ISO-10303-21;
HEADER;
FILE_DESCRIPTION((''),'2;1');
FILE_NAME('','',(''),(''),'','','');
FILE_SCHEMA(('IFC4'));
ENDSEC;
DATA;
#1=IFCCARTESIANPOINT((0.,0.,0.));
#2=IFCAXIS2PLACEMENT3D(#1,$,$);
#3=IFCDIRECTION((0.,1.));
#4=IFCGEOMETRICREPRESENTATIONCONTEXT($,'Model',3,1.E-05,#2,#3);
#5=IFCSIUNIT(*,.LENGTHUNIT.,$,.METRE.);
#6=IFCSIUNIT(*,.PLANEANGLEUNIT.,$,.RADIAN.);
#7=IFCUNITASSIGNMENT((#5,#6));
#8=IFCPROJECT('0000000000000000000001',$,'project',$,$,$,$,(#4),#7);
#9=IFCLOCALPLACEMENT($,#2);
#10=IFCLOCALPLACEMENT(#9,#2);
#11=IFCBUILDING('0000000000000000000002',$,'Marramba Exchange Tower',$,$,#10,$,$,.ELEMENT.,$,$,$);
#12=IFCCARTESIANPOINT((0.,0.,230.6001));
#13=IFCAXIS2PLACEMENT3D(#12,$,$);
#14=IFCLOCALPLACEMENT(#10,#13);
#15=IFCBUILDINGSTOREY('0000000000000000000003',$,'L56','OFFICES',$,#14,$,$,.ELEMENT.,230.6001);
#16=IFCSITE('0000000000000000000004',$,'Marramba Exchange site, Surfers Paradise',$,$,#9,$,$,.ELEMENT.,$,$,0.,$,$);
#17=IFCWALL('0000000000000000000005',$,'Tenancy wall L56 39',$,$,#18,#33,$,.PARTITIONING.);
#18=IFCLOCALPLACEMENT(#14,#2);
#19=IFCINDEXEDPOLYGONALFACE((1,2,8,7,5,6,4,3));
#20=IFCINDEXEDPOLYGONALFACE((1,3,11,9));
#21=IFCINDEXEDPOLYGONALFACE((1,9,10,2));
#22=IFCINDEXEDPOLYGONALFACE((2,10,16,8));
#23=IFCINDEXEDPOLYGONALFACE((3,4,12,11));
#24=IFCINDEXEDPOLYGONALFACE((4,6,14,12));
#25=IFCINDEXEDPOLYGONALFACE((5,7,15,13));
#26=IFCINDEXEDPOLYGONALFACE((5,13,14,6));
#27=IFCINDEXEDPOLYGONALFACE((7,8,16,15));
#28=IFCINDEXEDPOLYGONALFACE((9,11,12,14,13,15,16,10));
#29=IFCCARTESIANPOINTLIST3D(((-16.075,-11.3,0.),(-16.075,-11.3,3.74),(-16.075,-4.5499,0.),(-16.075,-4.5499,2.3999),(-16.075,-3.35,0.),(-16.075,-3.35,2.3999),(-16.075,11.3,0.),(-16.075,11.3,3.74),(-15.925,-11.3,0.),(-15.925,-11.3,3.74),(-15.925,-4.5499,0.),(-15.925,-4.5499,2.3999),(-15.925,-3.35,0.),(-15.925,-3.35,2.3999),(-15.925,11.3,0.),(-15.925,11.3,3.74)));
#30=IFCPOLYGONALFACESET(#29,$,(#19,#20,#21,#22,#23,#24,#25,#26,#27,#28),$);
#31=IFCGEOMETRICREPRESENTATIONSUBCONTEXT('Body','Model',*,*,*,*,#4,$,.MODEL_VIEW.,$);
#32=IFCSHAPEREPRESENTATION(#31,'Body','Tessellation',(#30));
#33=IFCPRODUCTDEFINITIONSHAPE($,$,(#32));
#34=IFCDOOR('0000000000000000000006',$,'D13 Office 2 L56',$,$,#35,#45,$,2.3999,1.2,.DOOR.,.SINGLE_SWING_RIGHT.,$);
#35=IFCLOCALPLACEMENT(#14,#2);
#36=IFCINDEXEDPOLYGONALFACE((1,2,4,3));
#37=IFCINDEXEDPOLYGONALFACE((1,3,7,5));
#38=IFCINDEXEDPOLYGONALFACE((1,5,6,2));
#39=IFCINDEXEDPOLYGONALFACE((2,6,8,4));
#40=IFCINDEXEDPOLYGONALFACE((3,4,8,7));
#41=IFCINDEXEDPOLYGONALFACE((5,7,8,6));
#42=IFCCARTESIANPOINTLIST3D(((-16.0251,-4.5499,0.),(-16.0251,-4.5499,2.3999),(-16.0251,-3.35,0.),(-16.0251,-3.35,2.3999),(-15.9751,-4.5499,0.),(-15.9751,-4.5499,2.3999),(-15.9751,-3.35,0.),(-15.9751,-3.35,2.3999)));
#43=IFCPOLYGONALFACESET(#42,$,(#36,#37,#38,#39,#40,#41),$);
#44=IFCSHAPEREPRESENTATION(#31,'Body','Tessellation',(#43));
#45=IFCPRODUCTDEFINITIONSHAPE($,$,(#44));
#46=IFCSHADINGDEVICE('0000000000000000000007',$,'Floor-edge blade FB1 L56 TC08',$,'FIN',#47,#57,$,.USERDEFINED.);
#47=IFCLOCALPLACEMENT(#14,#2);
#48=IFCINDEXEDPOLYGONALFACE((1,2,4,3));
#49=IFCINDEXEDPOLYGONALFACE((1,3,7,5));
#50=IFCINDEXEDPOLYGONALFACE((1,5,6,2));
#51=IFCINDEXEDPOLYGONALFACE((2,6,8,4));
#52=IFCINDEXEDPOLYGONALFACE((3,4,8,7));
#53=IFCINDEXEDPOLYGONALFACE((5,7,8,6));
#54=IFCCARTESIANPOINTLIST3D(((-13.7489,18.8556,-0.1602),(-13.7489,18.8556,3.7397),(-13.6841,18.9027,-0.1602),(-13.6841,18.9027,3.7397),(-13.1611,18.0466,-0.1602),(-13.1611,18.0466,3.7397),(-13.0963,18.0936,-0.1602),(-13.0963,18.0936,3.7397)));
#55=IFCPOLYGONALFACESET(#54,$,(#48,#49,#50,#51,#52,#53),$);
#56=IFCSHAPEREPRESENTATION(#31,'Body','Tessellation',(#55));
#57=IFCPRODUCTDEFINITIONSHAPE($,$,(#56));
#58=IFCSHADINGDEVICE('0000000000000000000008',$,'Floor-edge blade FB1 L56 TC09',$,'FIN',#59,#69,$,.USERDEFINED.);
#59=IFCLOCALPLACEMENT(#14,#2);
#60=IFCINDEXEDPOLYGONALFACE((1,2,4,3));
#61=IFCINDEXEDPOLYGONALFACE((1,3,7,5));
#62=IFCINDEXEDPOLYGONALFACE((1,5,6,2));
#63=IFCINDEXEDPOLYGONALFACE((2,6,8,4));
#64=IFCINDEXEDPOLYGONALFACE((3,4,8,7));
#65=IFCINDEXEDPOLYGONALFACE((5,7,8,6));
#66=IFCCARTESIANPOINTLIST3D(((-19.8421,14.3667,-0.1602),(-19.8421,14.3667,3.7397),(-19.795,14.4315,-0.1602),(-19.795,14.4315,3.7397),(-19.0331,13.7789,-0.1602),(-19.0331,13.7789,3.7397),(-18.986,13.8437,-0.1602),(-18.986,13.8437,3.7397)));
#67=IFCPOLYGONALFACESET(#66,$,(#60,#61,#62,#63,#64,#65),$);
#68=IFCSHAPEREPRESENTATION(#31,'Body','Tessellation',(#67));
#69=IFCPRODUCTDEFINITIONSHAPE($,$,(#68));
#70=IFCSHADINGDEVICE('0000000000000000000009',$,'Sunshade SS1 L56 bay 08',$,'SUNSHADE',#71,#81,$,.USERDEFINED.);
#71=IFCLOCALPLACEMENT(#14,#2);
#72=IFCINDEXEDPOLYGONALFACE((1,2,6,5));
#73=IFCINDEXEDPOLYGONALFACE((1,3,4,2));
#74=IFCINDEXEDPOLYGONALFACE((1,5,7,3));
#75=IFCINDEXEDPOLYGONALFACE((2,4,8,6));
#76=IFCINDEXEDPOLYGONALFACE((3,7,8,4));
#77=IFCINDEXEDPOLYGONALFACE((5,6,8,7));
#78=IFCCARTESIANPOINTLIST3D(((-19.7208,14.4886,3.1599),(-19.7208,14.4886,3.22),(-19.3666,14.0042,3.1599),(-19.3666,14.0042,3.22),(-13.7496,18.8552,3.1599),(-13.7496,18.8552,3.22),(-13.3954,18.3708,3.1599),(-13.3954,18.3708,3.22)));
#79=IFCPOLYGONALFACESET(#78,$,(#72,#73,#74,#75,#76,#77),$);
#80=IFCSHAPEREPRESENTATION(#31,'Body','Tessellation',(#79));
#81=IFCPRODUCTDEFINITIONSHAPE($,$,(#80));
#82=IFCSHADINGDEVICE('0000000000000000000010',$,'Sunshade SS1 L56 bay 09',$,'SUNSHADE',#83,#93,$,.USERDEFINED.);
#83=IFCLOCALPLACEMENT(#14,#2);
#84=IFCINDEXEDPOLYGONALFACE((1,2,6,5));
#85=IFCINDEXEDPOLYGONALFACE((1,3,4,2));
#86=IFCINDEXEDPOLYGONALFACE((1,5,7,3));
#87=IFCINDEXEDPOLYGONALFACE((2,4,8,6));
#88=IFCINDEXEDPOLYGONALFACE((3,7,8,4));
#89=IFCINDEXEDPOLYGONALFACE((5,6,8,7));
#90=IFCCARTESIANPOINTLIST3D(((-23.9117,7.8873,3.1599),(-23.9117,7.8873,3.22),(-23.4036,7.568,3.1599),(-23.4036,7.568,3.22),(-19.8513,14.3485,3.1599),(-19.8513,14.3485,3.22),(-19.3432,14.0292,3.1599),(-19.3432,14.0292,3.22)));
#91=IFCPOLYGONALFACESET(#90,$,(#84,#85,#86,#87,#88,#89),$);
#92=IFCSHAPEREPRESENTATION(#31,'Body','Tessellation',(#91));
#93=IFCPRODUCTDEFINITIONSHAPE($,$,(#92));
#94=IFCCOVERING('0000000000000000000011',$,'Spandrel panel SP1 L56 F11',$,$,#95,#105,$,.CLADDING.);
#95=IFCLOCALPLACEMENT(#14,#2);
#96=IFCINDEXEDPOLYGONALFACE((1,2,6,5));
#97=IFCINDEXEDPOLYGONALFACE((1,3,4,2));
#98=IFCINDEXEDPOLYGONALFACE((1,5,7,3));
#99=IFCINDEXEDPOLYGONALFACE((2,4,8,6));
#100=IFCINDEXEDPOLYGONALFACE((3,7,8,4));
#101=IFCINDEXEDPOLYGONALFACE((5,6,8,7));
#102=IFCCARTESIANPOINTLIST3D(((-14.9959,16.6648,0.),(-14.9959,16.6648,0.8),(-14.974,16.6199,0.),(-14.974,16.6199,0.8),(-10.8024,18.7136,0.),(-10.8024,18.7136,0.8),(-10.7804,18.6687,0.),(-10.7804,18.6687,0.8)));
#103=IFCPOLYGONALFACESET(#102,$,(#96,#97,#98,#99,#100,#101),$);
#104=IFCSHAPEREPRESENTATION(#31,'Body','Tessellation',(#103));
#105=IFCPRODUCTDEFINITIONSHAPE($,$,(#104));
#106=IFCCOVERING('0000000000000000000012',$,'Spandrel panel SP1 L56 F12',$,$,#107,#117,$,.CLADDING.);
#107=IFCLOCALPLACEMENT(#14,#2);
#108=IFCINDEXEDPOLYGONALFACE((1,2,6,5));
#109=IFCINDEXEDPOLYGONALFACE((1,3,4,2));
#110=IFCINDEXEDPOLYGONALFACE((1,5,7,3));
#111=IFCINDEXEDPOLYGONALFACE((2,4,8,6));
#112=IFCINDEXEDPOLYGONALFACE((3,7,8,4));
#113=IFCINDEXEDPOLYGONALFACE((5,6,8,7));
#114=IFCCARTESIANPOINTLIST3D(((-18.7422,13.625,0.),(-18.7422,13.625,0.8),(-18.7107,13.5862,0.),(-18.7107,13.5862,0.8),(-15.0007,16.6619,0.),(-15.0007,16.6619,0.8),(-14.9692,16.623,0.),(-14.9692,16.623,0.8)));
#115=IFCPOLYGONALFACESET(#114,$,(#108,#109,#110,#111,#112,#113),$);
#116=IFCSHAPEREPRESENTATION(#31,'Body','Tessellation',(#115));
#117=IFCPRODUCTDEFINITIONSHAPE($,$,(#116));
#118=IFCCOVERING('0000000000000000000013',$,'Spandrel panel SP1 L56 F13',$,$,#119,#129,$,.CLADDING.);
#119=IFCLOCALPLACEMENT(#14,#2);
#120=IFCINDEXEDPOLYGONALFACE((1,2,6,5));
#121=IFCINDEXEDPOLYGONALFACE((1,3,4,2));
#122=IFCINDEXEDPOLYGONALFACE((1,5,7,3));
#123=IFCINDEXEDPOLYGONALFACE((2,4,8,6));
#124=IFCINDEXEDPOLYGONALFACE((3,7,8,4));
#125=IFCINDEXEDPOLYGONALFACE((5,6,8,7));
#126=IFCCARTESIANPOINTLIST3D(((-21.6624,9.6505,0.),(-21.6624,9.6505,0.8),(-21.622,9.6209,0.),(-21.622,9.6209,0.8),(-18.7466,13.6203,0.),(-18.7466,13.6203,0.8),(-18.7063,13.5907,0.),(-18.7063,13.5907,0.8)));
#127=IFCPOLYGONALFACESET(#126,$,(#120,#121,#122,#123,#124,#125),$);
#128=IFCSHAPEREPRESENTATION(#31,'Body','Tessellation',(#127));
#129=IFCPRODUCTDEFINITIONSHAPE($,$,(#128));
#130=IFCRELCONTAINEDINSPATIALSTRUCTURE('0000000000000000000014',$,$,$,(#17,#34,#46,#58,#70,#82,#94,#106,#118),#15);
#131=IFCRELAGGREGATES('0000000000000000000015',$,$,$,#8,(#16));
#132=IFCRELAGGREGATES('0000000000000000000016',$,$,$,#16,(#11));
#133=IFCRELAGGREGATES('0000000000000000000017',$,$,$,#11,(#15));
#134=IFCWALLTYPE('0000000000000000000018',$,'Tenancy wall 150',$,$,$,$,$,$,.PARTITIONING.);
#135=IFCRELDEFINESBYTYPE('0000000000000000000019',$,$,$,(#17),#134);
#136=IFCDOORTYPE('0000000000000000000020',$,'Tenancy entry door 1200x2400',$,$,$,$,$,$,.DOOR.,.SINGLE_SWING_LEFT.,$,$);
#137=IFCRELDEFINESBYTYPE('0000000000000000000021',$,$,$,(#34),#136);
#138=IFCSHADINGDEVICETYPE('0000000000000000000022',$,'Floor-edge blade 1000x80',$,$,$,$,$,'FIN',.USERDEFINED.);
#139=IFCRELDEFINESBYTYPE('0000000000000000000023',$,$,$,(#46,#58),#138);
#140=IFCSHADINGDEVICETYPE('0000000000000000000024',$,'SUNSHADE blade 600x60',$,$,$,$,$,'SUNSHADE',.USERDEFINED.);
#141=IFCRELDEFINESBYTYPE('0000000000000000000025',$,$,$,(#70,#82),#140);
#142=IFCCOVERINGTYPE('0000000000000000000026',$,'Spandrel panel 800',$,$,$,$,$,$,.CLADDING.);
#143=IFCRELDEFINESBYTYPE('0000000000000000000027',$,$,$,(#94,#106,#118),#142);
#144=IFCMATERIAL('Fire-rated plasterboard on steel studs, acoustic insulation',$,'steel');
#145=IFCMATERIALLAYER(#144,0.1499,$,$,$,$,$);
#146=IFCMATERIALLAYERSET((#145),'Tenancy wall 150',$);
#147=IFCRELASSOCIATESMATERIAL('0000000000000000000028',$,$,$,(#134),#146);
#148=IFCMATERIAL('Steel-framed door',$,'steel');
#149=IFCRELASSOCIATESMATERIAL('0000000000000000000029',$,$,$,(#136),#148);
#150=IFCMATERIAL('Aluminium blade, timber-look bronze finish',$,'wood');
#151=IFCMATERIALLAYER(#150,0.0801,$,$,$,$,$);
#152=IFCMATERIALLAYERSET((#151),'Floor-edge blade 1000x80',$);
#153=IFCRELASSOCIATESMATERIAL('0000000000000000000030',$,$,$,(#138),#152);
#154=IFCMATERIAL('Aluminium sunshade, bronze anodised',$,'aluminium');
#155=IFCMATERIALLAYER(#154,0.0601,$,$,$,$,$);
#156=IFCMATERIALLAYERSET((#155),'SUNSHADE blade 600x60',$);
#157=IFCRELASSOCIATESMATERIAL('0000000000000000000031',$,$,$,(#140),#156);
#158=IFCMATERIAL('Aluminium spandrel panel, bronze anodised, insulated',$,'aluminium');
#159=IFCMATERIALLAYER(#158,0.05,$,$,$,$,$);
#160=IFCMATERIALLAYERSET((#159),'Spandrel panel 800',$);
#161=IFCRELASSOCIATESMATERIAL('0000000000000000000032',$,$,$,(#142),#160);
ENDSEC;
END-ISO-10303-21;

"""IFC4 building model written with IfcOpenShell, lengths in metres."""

from ifc_helpers import new_model, si_unit, direction, frame, frame_2d, origin, origin_2d, place, context, subcontext, project, spatial, rectangle, extrude, material, layer, layer_set, type_object, element, fill, save


model = new_model("IFC4")

# Units and contexts
model_context = context("Model", 3, precision=1e-05, world=origin(), true_north=direction((0.0, 1.0)))
body_context = subcontext(model_context, "Body", "Model", "MODEL_VIEW")
ifc_project = project(units=[si_unit("LENGTHUNIT", "METRE"), si_unit("PLANEANGLEUNIT", "RADIAN")], contexts=[model_context])

# Site, building, storey
site_placement = place(None, origin())
site = spatial("IfcSite", under=ifc_project, at=site_placement, Name="Marramba Exchange site, Surfers Paradise", CompositionType="ELEMENT", RefElevation=0.0)
building_placement = place(site_placement, origin())
building = spatial("IfcBuilding", under=site, at=building_placement, Name="Marramba Exchange Tower", CompositionType="ELEMENT")
storey_placement = place(building_placement, frame((0.0, 0.0, 230.6001)))
storey = spatial("IfcBuildingStorey", under=building, at=storey_placement, Name="L56", Description="OFFICES", CompositionType="ELEMENT", Elevation=230.6001)

# Wall, opening, door
ifc_material_1 = material(Name="Fire-rated plasterboard on steel studs, acoustic insulation", Category="steel")
ifc_layer_1 = layer(ifc_material_1, 0.1499)
ifc_layer_set_1 = layer_set([ifc_layer_1], Name="Tenancy wall 150")
wall_type = type_object("IfcWallType", Name="Tenancy wall 150", PredefinedType="PARTITIONING", material=ifc_layer_set_1)
wall_placement = place(storey_placement, frame((-16.0, 11.3, 0.0), z_axis=(0.0, 0.0, 1.0), x_axis=(0.0, -1.0, 0.0)))
wall = element("IfcWall", 1, at=wall_placement, inside=storey, type_object=wall_type, Name="Tenancy wall L56 39", PredefinedType="PARTITIONING", context=body_context, shape_type="SweptSolid", body=[
    extrude(rectangle(XDim=22.6001, YDim=0.1499, at=frame_2d((11.3, 0.0))), origin(), (0.0, 0.0, 1.0), 3.74),
])
opening_placement = place(wall_placement, frame((14.6499, 0.0, 0.0)))
opening = element("IfcOpeningElement", 2, at=opening_placement, cuts=wall, PredefinedType="OPENING", context=body_context, shape_type="SweptSolid", body=[
    extrude(rectangle(XDim=1.2, YDim=2.3999, at=frame_2d((0.6001, 1.2))), frame((0.0, 0.085, 0.0), z_axis=(0.0, -1.0, 0.0), x_axis=(1.0, 0.0, 0.0)), (0.0, 0.0, 1.0), 0.1699),
])
ifc_material_2 = material(Name="Steel-framed door", Category="steel")
door_type = type_object("IfcDoorType", Name="Tenancy entry door 1200x2400", OperationType="SINGLE_SWING_LEFT", PredefinedType="DOOR", material=ifc_material_2)
door_placement = place(opening_placement, origin())
door = element("IfcDoor", 3, at=door_placement, inside=storey, type_object=door_type, Name="D13 Office 2 L56", OperationType="SINGLE_SWING_RIGHT", OverallHeight=2.3999, OverallWidth=1.2, PredefinedType="DOOR", context=body_context, shape_type="SweptSolid", body=[
    extrude(rectangle(XDim=1.2, YDim=2.3999, at=frame_2d((0.6001, 1.2))), frame((0.0, 0.0249, 0.0), z_axis=(0.0, -1.0, 0.0), x_axis=(1.0, 0.0, 0.0)), (0.0, 0.0, 1.0), 0.05),
])
fill(opening, door)

# Shading devices
ifc_material_3 = material(Name="Aluminium blade, timber-look bronze finish", Category="wood")
ifc_layer_2 = layer(ifc_material_3, 0.0801)
ifc_layer_set_2 = layer_set([ifc_layer_2], Name="Floor-edge blade 1000x80")
shading_device_type_1 = type_object("IfcShadingDeviceType", Name="Floor-edge blade 1000x80", ElementType="FIN", PredefinedType="USERDEFINED", material=ifc_layer_set_2)
for number, where, z_axis, x_axis, name in (
    (4, (-13.4226, 18.4746, -0.1602), (0.0, 0.0, 1.0), (-0.587785, 0.809017, 0.0), "Floor-edge blade FB1 L56 TC08"),
    (5, (-19.4141, 14.1052, -0.1602), (0.0, 0.0, 1.0), (-0.809017, 0.587785, 0.0), "Floor-edge blade FB1 L56 TC09"),
):
    element("IfcShadingDevice", number, at=place(storey_placement, frame(where, z_axis=z_axis, x_axis=x_axis)), inside=storey, type_object=shading_device_type_1, Name=name, ObjectType="FIN", PredefinedType="USERDEFINED", context=body_context, shape_type="SweptSolid", body=[
        extrude(rectangle(XDim=1.0, YDim=0.0801, at=origin_2d()), origin(), (0.0, 0.0, 1.0), 3.8999),
    ])
ifc_material_4 = material(Name="Aluminium sunshade, bronze anodised", Category="aluminium")
ifc_layer_3 = layer(ifc_material_4, 0.0601)
ifc_layer_set_3 = layer_set([ifc_layer_3], Name="SUNSHADE blade 600x60")
shading_device_type_2 = type_object("IfcShadingDeviceType", Name="SUNSHADE blade 600x60", ElementType="SUNSHADE", PredefinedType="USERDEFINED", material=ifc_layer_set_3)
shading_device_1_placement = place(storey_placement, frame((-16.5581, 16.4297, 3.1599), z_axis=(0.0, 0.0, 1.0), x_axis=(-0.807194, -0.590286, 0.0)))
element("IfcShadingDevice", 6, at=shading_device_1_placement, inside=storey, type_object=shading_device_type_2, Name="Sunshade SS1 L56 bay 08", ObjectType="SUNSHADE", PredefinedType="USERDEFINED", context=body_context, shape_type="SweptSolid", body=[
    extrude(rectangle(XDim=7.3975, YDim=0.6001, at=origin_2d()), origin(), (0.0, 0.0, 1.0), 0.0601),
])
shading_device_2_placement = place(storey_placement, frame((-21.6274, 10.9583, 3.1599), z_axis=(0.0, 0.0, 1.0), x_axis=(-0.532082, -0.846693, 0.0)))
element("IfcShadingDevice", 7, at=shading_device_2_placement, inside=storey, type_object=shading_device_type_2, Name="Sunshade SS1 L56 bay 09", ObjectType="SUNSHADE", PredefinedType="USERDEFINED", context=body_context, shape_type="SweptSolid", body=[
    extrude(rectangle(XDim=7.6311, YDim=0.6001, at=origin_2d()), origin(), (0.0, 0.0, 1.0), 0.0601),
])

# Coverings
ifc_material_5 = material(Name="Aluminium spandrel panel, bronze anodised, insulated", Category="aluminium")
ifc_layer_4 = layer(ifc_material_5, 0.05)
ifc_layer_set_4 = layer_set([ifc_layer_4], Name="Spandrel panel 800")
covering_type = type_object("IfcCoveringType", Name="Spandrel panel 800", PredefinedType="CLADDING", material=ifc_layer_set_4)
covering_1_placement = place(storey_placement, frame((-12.8882, 17.6667, 0.0), z_axis=(0.0, 0.0, 1.0), x_axis=(-0.898501, -0.438972, 0.0)))
element("IfcCovering", 8, at=covering_1_placement, inside=storey, type_object=covering_type, Name="Spandrel panel SP1 L56 F11", PredefinedType="CLADDING", context=body_context, shape_type="SweptSolid", body=[
    extrude(rectangle(XDim=4.6672, YDim=0.05, at=origin_2d()), origin(), (0.0, 0.0, 1.0), 0.8),
])
covering_2_placement = place(storey_placement, frame((-16.8557, 15.124, 0.0), z_axis=(0.0, 0.0, 1.0), x_axis=(-0.776432, -0.630201, 0.0)))
element("IfcCovering", 9, at=covering_2_placement, inside=storey, type_object=covering_type, Name="Spandrel panel SP1 L56 F12", PredefinedType="CLADDING", context=body_context, shape_type="SweptSolid", body=[
    extrude(rectangle(XDim=4.8188, YDim=0.05, at=origin_2d()), origin(), (0.0, 0.0, 1.0), 0.8),
])
covering_3_placement = place(storey_placement, frame((-20.1843, 11.6206, 0.0), z_axis=(0.0, 0.0, 1.0), x_axis=(-0.591963, -0.805965, 0.0)))
element("IfcCovering", 10, at=covering_3_placement, inside=storey, type_object=covering_type, Name="Spandrel panel SP1 L56 F13", PredefinedType="CLADDING", context=body_context, shape_type="SweptSolid", body=[
    extrude(rectangle(XDim=4.9255, YDim=0.05, at=origin_2d()), origin(), (0.0, 0.0, 1.0), 0.8),
])

save(model, "model.ifc")
